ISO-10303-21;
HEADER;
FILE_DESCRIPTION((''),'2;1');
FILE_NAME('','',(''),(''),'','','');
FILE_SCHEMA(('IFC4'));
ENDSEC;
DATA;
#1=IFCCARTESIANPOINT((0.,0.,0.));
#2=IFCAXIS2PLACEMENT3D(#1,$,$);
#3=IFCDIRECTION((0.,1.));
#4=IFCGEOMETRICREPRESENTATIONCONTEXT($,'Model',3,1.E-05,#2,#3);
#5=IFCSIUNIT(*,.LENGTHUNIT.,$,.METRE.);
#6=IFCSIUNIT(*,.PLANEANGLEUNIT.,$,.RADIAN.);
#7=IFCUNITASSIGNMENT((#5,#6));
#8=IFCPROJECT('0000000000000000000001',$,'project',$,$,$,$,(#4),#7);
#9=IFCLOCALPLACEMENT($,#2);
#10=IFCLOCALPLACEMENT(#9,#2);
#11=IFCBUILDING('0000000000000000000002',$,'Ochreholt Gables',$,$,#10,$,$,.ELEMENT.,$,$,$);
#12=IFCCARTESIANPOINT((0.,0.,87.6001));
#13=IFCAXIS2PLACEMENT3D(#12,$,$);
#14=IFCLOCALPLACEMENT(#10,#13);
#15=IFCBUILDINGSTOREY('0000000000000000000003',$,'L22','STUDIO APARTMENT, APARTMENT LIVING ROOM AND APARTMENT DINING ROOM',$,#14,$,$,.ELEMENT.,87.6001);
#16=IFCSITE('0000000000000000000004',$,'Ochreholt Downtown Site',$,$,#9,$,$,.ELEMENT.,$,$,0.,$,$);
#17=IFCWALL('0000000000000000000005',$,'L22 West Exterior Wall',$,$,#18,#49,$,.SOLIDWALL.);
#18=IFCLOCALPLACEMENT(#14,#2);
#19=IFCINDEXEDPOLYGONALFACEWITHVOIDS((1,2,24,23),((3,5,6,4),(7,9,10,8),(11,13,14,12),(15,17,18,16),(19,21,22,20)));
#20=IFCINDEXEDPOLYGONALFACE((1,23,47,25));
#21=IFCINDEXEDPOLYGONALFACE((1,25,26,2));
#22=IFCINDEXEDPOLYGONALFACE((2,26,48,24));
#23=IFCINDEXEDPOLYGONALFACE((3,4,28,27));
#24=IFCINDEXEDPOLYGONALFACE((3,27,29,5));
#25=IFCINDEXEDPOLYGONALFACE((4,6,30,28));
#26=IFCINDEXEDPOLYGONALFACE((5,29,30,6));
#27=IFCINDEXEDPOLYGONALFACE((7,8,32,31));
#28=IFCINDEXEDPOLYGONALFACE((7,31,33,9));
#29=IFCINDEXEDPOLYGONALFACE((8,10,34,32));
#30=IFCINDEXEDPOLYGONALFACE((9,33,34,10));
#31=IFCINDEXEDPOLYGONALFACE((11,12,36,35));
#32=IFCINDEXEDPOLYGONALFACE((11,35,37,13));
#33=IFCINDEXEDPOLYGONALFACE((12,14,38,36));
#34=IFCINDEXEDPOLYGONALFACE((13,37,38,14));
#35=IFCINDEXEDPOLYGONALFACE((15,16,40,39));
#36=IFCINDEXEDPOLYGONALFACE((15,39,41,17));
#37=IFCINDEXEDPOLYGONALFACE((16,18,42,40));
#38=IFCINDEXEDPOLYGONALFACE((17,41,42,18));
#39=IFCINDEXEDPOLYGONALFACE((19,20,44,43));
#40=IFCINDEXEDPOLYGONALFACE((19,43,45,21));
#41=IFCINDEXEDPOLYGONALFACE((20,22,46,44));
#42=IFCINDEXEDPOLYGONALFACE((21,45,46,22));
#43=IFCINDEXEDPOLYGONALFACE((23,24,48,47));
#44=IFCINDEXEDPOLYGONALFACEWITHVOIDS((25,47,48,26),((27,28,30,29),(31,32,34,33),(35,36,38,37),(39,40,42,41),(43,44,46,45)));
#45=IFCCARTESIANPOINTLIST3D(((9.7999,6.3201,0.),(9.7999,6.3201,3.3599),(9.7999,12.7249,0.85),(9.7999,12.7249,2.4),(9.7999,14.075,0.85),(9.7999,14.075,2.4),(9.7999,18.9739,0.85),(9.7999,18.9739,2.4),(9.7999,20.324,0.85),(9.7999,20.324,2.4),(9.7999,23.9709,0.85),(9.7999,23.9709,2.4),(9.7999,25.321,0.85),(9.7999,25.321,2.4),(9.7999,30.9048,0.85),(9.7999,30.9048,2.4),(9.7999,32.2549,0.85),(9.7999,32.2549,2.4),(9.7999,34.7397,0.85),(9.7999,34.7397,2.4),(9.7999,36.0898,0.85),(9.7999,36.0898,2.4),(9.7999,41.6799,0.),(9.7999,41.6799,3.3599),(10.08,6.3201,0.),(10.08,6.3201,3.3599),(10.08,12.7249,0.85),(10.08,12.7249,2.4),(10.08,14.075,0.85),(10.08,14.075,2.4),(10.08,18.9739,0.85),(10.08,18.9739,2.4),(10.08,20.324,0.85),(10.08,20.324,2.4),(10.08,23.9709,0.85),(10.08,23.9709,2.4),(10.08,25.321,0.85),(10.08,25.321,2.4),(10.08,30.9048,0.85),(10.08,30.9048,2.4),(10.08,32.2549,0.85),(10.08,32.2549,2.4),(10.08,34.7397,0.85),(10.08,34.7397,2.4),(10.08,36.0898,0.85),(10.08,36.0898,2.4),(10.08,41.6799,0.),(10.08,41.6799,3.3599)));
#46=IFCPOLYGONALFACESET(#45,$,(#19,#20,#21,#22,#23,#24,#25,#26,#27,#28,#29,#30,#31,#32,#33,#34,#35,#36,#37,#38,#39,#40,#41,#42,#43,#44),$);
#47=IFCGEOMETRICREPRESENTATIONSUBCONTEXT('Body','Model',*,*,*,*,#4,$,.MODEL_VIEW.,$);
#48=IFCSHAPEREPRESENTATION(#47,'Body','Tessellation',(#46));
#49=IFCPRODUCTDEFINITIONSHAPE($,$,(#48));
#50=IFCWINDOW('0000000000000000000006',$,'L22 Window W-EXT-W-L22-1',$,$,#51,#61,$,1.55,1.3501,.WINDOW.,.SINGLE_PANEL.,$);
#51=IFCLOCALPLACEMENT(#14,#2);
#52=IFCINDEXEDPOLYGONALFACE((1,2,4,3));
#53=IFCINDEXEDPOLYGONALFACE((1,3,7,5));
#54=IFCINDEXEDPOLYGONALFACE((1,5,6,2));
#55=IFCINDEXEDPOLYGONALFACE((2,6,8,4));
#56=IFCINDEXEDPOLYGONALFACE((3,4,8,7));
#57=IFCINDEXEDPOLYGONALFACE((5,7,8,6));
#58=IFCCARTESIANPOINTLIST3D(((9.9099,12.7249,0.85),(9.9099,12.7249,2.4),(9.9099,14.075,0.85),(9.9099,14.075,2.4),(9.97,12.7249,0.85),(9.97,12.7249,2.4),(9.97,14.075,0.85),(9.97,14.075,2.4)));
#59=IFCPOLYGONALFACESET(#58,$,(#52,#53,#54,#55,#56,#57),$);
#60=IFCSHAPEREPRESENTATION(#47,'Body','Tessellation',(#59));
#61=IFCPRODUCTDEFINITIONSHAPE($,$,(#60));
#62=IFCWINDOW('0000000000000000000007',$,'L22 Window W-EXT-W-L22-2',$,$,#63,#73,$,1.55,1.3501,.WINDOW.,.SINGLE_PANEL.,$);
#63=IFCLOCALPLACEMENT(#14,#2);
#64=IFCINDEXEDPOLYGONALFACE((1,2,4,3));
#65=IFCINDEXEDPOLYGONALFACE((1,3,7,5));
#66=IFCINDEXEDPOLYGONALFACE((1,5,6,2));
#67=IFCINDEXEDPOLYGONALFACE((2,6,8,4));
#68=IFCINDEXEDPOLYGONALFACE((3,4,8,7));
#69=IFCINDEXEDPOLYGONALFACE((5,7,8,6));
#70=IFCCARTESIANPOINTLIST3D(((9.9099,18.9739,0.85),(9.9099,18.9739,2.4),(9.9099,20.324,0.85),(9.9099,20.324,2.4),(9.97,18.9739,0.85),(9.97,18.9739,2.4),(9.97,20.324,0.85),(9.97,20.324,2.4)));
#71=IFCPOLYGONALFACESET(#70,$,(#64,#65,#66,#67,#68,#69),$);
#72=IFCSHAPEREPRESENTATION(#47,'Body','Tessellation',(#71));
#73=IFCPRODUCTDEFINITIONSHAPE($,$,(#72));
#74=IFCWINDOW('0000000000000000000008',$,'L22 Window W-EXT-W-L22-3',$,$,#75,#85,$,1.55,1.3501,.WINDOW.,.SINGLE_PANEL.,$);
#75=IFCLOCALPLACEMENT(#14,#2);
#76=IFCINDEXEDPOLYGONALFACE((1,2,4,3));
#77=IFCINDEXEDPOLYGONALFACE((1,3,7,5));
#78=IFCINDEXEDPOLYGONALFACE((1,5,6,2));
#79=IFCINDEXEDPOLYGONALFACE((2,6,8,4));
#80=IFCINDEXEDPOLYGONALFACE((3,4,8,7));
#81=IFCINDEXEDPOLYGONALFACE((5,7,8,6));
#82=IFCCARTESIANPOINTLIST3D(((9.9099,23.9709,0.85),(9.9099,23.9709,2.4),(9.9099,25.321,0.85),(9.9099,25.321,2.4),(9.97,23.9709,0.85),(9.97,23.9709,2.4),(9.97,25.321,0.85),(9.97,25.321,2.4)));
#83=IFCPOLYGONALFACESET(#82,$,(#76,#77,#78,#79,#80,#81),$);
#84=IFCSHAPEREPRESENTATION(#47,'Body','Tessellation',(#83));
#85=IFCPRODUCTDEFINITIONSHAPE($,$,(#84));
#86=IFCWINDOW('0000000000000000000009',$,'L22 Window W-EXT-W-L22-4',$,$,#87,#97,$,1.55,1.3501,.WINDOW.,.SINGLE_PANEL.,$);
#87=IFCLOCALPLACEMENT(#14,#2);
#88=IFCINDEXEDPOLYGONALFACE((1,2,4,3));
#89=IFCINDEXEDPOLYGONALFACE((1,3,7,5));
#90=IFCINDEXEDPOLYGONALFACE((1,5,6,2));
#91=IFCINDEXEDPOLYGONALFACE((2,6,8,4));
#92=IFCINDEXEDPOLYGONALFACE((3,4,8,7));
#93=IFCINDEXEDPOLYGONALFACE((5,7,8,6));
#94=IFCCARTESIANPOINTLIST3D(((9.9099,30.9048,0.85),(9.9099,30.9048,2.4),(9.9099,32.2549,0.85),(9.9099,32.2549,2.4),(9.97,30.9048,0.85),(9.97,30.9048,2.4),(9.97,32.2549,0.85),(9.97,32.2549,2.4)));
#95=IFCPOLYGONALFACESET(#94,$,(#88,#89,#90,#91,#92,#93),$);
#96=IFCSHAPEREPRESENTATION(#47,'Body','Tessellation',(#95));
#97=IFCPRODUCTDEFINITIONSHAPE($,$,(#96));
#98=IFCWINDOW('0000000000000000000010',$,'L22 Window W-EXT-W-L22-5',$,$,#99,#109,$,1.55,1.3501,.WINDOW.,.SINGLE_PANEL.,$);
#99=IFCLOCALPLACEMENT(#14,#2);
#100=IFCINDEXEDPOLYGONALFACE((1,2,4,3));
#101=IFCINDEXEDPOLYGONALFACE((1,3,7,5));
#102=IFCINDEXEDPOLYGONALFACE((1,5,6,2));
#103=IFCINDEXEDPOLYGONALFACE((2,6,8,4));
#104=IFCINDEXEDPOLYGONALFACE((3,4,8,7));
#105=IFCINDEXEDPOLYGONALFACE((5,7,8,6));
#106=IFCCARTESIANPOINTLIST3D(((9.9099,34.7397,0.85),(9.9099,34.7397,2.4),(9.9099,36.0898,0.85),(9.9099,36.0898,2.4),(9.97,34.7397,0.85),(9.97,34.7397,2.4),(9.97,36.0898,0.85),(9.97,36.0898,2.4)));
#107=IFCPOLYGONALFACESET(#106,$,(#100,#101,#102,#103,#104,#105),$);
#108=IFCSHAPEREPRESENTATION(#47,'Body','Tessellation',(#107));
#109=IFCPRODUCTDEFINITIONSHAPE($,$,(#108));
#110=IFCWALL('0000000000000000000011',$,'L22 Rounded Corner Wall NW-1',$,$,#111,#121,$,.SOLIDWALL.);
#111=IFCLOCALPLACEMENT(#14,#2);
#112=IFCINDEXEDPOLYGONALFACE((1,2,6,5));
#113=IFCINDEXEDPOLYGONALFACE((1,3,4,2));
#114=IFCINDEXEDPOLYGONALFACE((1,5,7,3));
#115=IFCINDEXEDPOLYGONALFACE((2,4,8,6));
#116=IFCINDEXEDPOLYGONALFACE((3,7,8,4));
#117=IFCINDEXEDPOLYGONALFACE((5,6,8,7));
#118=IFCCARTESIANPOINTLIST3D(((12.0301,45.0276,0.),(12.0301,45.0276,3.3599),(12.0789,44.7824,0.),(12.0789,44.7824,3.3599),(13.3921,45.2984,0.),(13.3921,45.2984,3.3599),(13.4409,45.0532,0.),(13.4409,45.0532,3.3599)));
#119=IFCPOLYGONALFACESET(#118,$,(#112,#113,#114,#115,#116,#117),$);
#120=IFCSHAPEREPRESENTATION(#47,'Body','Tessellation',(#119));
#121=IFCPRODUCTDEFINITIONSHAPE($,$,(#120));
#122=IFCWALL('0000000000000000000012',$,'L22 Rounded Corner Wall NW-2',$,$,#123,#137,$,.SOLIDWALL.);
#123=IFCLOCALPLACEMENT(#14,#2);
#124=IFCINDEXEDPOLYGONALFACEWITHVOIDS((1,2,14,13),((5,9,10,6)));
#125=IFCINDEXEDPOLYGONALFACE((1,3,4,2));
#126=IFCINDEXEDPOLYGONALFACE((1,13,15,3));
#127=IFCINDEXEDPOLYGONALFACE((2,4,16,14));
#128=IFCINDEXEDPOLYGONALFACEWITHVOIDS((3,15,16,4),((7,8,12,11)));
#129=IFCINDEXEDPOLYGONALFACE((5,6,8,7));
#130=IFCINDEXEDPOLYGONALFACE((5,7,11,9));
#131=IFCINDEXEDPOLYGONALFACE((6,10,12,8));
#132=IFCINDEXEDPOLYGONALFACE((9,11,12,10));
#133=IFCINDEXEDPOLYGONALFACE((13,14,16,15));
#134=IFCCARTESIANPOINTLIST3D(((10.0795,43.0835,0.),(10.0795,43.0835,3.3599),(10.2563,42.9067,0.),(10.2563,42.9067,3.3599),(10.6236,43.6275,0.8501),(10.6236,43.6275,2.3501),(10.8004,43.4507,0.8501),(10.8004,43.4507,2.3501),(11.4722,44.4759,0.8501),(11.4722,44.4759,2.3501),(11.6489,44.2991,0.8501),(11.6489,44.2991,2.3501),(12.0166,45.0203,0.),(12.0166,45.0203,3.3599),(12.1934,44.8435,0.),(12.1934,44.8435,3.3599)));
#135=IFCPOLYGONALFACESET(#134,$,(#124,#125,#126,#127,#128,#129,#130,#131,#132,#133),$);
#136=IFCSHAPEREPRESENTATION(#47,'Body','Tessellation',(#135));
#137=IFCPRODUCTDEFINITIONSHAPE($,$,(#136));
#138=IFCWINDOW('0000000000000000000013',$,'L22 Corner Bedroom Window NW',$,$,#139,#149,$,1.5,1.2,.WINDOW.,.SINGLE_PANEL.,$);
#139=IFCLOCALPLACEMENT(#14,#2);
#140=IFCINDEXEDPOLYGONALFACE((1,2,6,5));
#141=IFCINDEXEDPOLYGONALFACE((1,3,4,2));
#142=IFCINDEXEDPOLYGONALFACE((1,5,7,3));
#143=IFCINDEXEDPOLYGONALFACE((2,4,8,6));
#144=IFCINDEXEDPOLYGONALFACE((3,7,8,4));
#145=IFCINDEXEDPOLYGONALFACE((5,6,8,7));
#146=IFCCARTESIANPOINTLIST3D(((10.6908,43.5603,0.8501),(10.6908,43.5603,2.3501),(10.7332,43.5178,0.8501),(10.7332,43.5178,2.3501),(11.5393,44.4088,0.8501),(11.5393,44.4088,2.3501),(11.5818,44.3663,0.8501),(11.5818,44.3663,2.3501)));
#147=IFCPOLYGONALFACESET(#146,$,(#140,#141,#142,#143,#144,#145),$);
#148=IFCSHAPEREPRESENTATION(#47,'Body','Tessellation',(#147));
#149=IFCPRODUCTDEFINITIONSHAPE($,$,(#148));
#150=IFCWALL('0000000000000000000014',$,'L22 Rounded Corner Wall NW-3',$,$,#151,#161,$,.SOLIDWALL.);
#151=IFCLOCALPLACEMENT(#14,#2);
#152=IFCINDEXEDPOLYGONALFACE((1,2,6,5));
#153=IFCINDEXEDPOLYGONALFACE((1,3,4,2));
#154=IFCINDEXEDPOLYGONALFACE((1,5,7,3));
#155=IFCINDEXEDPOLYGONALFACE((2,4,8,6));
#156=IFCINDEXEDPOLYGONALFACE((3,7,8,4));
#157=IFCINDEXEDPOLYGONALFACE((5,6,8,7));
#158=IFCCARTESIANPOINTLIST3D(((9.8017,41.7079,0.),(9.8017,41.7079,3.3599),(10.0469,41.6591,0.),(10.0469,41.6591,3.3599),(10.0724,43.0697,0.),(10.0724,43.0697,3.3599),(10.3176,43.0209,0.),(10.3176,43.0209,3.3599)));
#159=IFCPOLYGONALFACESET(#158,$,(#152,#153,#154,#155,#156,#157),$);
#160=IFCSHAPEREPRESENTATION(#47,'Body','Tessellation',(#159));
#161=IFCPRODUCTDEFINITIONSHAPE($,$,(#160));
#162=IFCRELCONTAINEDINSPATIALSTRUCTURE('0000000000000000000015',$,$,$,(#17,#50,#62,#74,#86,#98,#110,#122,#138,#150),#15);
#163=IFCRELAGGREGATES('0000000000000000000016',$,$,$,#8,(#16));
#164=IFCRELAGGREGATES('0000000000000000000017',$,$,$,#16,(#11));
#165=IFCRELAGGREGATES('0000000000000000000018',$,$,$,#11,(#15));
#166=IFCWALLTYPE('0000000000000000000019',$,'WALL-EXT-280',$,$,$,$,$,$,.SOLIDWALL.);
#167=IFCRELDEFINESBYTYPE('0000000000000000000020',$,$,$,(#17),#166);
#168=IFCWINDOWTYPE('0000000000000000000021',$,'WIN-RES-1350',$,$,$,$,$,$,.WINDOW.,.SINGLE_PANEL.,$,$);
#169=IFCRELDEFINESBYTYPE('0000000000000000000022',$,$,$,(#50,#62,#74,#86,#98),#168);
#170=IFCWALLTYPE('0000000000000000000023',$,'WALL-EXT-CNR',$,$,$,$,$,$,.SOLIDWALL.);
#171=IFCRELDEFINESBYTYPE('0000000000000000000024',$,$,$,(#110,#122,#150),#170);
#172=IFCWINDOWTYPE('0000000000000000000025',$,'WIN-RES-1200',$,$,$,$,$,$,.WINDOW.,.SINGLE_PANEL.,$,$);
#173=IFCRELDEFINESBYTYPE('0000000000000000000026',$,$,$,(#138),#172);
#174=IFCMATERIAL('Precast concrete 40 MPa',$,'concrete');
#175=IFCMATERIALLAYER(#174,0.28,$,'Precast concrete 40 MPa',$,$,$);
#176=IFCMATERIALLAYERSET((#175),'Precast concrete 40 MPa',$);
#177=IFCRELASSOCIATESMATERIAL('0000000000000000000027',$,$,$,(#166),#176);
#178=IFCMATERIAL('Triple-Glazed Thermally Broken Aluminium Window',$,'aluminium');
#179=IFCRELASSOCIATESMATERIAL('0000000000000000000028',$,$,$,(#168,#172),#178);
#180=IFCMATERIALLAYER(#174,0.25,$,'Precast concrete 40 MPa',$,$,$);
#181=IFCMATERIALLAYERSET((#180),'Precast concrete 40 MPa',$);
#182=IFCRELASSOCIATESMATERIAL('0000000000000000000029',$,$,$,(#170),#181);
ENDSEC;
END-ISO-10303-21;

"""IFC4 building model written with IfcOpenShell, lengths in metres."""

from ifc_helpers import new_model, si_unit, direction, frame, frame_2d, origin, place, context, subcontext, project, spatial, rectangle, extrude, material, layer, layer_set, type_object, element, fill, save


model = new_model("IFC4")

# Units and contexts
model_context = context("Model", 3, precision=1e-05, world=origin(), true_north=direction((0.0, 1.0)))
body_context = subcontext(model_context, "Body", "Model", "MODEL_VIEW")
ifc_project = project(units=[si_unit("LENGTHUNIT", "METRE"), si_unit("PLANEANGLEUNIT", "RADIAN")], contexts=[model_context])

# Site, building, storey
site_placement = place(None, origin())
site = spatial("IfcSite", under=ifc_project, at=site_placement, Name="Ochreholt Downtown Site", CompositionType="ELEMENT", RefElevation=0.0)
building_placement = place(site_placement, origin())
building = spatial("IfcBuilding", under=site, at=building_placement, Name="Ochreholt Gables", CompositionType="ELEMENT")
storey_placement = place(building_placement, frame((0.0, 0.0, 87.6001)))
storey = spatial("IfcBuildingStorey", under=building, at=storey_placement, Name="L22", Description="STUDIO APARTMENT, APARTMENT LIVING ROOM AND APARTMENT DINING ROOM", CompositionType="ELEMENT", Elevation=87.6001)

# Wall, openings, windows
ifc_material_1 = material(Name="Precast concrete 40 MPa", Category="concrete")
ifc_layer_1 = layer(ifc_material_1, 0.28, Name="Precast concrete 40 MPa")
ifc_layer_set_1 = layer_set([ifc_layer_1], Name="Precast concrete 40 MPa")
wall_type_1 = type_object("IfcWallType", Name="WALL-EXT-280", PredefinedType="SOLIDWALL", material=ifc_layer_set_1)
wall_1_placement = place(storey_placement, frame((9.9399, 41.6799, 0.0), z_axis=(0.0, 0.0, 1.0), x_axis=(0.0, -1.0, 0.0)))
wall_1 = element("IfcWall", 1, at=wall_1_placement, inside=storey, type_object=wall_type_1, Name="L22 West Exterior Wall", PredefinedType="SOLIDWALL", context=body_context, shape_type="SweptSolid", body=[
    extrude(rectangle(XDim=35.3599, YDim=0.28, at=frame_2d((17.6799, 0.0))), origin(), (0.0, 0.0, 1.0), 3.3599),
])
opening_1_placement = place(wall_1_placement, frame((27.605, 0.0, 0.8501)))
opening_1 = element("IfcOpeningElement", 2, at=opening_1_placement, cuts=wall_1, PredefinedType="OPENING", context=body_context, shape_type="SweptSolid", body=[
    extrude(rectangle(XDim=1.3501, YDim=1.55, at=frame_2d((0.675, 0.7749))), frame((0.0, 0.1499, 0.0), z_axis=(0.0, -1.0, 0.0), x_axis=(1.0, 0.0, 0.0)), (0.0, 0.0, 1.0), 0.3),
])
opening_2_placement = place(wall_1_placement, frame((21.356, 0.0, 0.8501)))
opening_2 = element("IfcOpeningElement", 3, at=opening_2_placement, cuts=wall_1, PredefinedType="OPENING", context=body_context, shape_type="SweptSolid", body=[
    extrude(rectangle(XDim=1.3501, YDim=1.55, at=frame_2d((0.675, 0.7749))), frame((0.0, 0.1499, 0.0), z_axis=(0.0, -1.0, 0.0), x_axis=(1.0, 0.0, 0.0)), (0.0, 0.0, 1.0), 0.3),
])
opening_3_placement = place(wall_1_placement, frame((16.3589, 0.0, 0.8501)))
opening_3 = element("IfcOpeningElement", 4, at=opening_3_placement, cuts=wall_1, PredefinedType="OPENING", context=body_context, shape_type="SweptSolid", body=[
    extrude(rectangle(XDim=1.3501, YDim=1.55, at=frame_2d((0.675, 0.7749))), frame((0.0, 0.1499, 0.0), z_axis=(0.0, -1.0, 0.0), x_axis=(1.0, 0.0, 0.0)), (0.0, 0.0, 1.0), 0.3),
])
opening_4_placement = place(wall_1_placement, frame((9.425, 0.0, 0.8501)))
opening_4 = element("IfcOpeningElement", 5, at=opening_4_placement, cuts=wall_1, PredefinedType="OPENING", context=body_context, shape_type="SweptSolid", body=[
    extrude(rectangle(XDim=1.3501, YDim=1.55, at=frame_2d((0.675, 0.7749))), frame((0.0, 0.1499, 0.0), z_axis=(0.0, -1.0, 0.0), x_axis=(1.0, 0.0, 0.0)), (0.0, 0.0, 1.0), 0.3),
])
opening_5_placement = place(wall_1_placement, frame((5.5901, 0.0, 0.8501)))
opening_5 = element("IfcOpeningElement", 6, at=opening_5_placement, cuts=wall_1, PredefinedType="OPENING", context=body_context, shape_type="SweptSolid", body=[
    extrude(rectangle(XDim=1.3501, YDim=1.55, at=frame_2d((0.675, 0.7749))), frame((0.0, 0.1499, 0.0), z_axis=(0.0, -1.0, 0.0), x_axis=(1.0, 0.0, 0.0)), (0.0, 0.0, 1.0), 0.3),
])
ifc_material_2 = material(Name="Triple-Glazed Thermally Broken Aluminium Window", Category="aluminium")
window_type_1 = type_object("IfcWindowType", Name="WIN-RES-1350", PartitioningType="SINGLE_PANEL", PredefinedType="WINDOW", material=ifc_material_2)
window_1_placement = place(opening_1_placement, origin())
window_1 = element("IfcWindow", 7, at=window_1_placement, inside=storey, type_object=window_type_1, Name="L22 Window W-EXT-W-L22-1", OverallHeight=1.55, OverallWidth=1.3501, PartitioningType="SINGLE_PANEL", PredefinedType="WINDOW", context=body_context, shape_type="SweptSolid", body=[
    extrude(rectangle(XDim=1.3501, YDim=1.55, at=frame_2d((0.675, 0.7749))), frame((0.0, 0.03, 0.0), z_axis=(0.0, -1.0, 0.0), x_axis=(1.0, 0.0, 0.0)), (0.0, 0.0, 1.0), 0.0601),
])
fill(opening_1, window_1)
window_2_placement = place(opening_2_placement, origin())
window_2 = element("IfcWindow", 8, at=window_2_placement, inside=storey, type_object=window_type_1, Name="L22 Window W-EXT-W-L22-2", OverallHeight=1.55, OverallWidth=1.3501, PartitioningType="SINGLE_PANEL", PredefinedType="WINDOW", context=body_context, shape_type="SweptSolid", body=[
    extrude(rectangle(XDim=1.3501, YDim=1.55, at=frame_2d((0.675, 0.7749))), frame((0.0, 0.03, 0.0), z_axis=(0.0, -1.0, 0.0), x_axis=(1.0, 0.0, 0.0)), (0.0, 0.0, 1.0), 0.0601),
])
fill(opening_2, window_2)
window_3_placement = place(opening_3_placement, origin())
window_3 = element("IfcWindow", 9, at=window_3_placement, inside=storey, type_object=window_type_1, Name="L22 Window W-EXT-W-L22-3", OverallHeight=1.55, OverallWidth=1.3501, PartitioningType="SINGLE_PANEL", PredefinedType="WINDOW", context=body_context, shape_type="SweptSolid", body=[
    extrude(rectangle(XDim=1.3501, YDim=1.55, at=frame_2d((0.675, 0.7749))), frame((0.0, 0.03, 0.0), z_axis=(0.0, -1.0, 0.0), x_axis=(1.0, 0.0, 0.0)), (0.0, 0.0, 1.0), 0.0601),
])
fill(opening_3, window_3)
window_4_placement = place(opening_4_placement, origin())
window_4 = element("IfcWindow", 10, at=window_4_placement, inside=storey, type_object=window_type_1, Name="L22 Window W-EXT-W-L22-4", OverallHeight=1.55, OverallWidth=1.3501, PartitioningType="SINGLE_PANEL", PredefinedType="WINDOW", context=body_context, shape_type="SweptSolid", body=[
    extrude(rectangle(XDim=1.3501, YDim=1.55, at=frame_2d((0.675, 0.7749))), frame((0.0, 0.03, 0.0), z_axis=(0.0, -1.0, 0.0), x_axis=(1.0, 0.0, 0.0)), (0.0, 0.0, 1.0), 0.0601),
])
fill(opening_4, window_4)
window_5_placement = place(opening_5_placement, origin())
window_5 = element("IfcWindow", 11, at=window_5_placement, inside=storey, type_object=window_type_1, Name="L22 Window W-EXT-W-L22-5", OverallHeight=1.55, OverallWidth=1.3501, PartitioningType="SINGLE_PANEL", PredefinedType="WINDOW", context=body_context, shape_type="SweptSolid", body=[
    extrude(rectangle(XDim=1.3501, YDim=1.55, at=frame_2d((0.675, 0.7749))), frame((0.0, 0.03, 0.0), z_axis=(0.0, -1.0, 0.0), x_axis=(1.0, 0.0, 0.0)), (0.0, 0.0, 1.0), 0.0601),
])
fill(opening_5, window_5)

# Wall
ifc_layer_2 = layer(ifc_material_1, 0.25, Name="Precast concrete 40 MPa")
ifc_layer_set_2 = layer_set([ifc_layer_2], Name="Precast concrete 40 MPa")
wall_type_2 = type_object("IfcWallType", Name="WALL-EXT-CNR", PredefinedType="SOLIDWALL", material=ifc_layer_set_2)
wall_2_placement = place(storey_placement, frame((13.4165, 45.1758, 0.0), z_axis=(0.0, 0.0, 1.0), x_axis=(-0.98081, -0.194967, 0.0)))
element("IfcWall", 12, at=wall_2_placement, inside=storey, type_object=wall_type_2, Name="L22 Rounded Corner Wall NW-1", PredefinedType="SOLIDWALL", context=body_context, shape_type="SweptSolid", body=[
    extrude(rectangle(XDim=1.3887, YDim=0.25, at=frame_2d((0.6943, 0.0))), origin(), (0.0, 0.0, 1.0), 3.3599),
])

# Wall, opening, window
wall_3_placement = place(storey_placement, frame((12.105, 44.9319, 0.0), z_axis=(0.0, 0.0, 1.0), x_axis=(-0.707151, -0.707062, 0.0)))
wall_3 = element("IfcWall", 13, at=wall_3_placement, inside=storey, type_object=wall_type_2, Name="L22 Rounded Corner Wall NW-2", PredefinedType="SOLIDWALL", context=body_context, shape_type="SweptSolid", body=[
    extrude(rectangle(XDim=2.7393, YDim=0.25, at=frame_2d((1.3696, 0.0))), origin(), (0.0, 0.0, 1.0), 3.3599),
])
opening_6_placement = place(wall_3_placement, frame((0.7698, 0.0, 0.8501)))
opening_6 = element("IfcOpeningElement", 14, at=opening_6_placement, cuts=wall_3, PredefinedType="OPENING", context=body_context, shape_type="SweptSolid", body=[
    extrude(rectangle(XDim=1.2, YDim=1.5, at=frame_2d((0.6001, 0.75))), frame((0.0, 0.135, 0.0), z_axis=(0.0, -1.0, 0.0), x_axis=(1.0, 0.0, 0.0)), (0.0, 0.0, 1.0), 0.27),
])
window_type_2 = type_object("IfcWindowType", Name="WIN-RES-1200", PartitioningType="SINGLE_PANEL", PredefinedType="WINDOW", material=ifc_material_2)
window_6_placement = place(opening_6_placement, origin())
window_6 = element("IfcWindow", 15, at=window_6_placement, inside=storey, type_object=window_type_2, Name="L22 Corner Bedroom Window NW", OverallHeight=1.5, OverallWidth=1.2, PartitioningType="SINGLE_PANEL", PredefinedType="WINDOW", context=body_context, shape_type="SweptSolid", body=[
    extrude(rectangle(XDim=1.2, YDim=1.5, at=frame_2d((0.6001, 0.75))), frame((0.0, 0.03, 0.0), z_axis=(0.0, -1.0, 0.0), x_axis=(1.0, 0.0, 0.0)), (0.0, 0.0, 1.0), 0.0601),
])
fill(opening_6, window_6)

# Wall
wall_4_placement = place(storey_placement, frame((10.1951, 43.0454, 0.0), z_axis=(0.0, 0.0, 1.0), x_axis=(-0.195, -0.980803, 0.0)))
element("IfcWall", 16, at=wall_4_placement, inside=storey, type_object=wall_type_2, Name="L22 Rounded Corner Wall NW-3", PredefinedType="SOLIDWALL", context=body_context, shape_type="SweptSolid", body=[
    extrude(rectangle(XDim=1.3884, YDim=0.25, at=frame_2d((0.6943, 0.0))), origin(), (0.0, 0.0, 1.0), 3.3599),
])

save(model, "model.ifc")
